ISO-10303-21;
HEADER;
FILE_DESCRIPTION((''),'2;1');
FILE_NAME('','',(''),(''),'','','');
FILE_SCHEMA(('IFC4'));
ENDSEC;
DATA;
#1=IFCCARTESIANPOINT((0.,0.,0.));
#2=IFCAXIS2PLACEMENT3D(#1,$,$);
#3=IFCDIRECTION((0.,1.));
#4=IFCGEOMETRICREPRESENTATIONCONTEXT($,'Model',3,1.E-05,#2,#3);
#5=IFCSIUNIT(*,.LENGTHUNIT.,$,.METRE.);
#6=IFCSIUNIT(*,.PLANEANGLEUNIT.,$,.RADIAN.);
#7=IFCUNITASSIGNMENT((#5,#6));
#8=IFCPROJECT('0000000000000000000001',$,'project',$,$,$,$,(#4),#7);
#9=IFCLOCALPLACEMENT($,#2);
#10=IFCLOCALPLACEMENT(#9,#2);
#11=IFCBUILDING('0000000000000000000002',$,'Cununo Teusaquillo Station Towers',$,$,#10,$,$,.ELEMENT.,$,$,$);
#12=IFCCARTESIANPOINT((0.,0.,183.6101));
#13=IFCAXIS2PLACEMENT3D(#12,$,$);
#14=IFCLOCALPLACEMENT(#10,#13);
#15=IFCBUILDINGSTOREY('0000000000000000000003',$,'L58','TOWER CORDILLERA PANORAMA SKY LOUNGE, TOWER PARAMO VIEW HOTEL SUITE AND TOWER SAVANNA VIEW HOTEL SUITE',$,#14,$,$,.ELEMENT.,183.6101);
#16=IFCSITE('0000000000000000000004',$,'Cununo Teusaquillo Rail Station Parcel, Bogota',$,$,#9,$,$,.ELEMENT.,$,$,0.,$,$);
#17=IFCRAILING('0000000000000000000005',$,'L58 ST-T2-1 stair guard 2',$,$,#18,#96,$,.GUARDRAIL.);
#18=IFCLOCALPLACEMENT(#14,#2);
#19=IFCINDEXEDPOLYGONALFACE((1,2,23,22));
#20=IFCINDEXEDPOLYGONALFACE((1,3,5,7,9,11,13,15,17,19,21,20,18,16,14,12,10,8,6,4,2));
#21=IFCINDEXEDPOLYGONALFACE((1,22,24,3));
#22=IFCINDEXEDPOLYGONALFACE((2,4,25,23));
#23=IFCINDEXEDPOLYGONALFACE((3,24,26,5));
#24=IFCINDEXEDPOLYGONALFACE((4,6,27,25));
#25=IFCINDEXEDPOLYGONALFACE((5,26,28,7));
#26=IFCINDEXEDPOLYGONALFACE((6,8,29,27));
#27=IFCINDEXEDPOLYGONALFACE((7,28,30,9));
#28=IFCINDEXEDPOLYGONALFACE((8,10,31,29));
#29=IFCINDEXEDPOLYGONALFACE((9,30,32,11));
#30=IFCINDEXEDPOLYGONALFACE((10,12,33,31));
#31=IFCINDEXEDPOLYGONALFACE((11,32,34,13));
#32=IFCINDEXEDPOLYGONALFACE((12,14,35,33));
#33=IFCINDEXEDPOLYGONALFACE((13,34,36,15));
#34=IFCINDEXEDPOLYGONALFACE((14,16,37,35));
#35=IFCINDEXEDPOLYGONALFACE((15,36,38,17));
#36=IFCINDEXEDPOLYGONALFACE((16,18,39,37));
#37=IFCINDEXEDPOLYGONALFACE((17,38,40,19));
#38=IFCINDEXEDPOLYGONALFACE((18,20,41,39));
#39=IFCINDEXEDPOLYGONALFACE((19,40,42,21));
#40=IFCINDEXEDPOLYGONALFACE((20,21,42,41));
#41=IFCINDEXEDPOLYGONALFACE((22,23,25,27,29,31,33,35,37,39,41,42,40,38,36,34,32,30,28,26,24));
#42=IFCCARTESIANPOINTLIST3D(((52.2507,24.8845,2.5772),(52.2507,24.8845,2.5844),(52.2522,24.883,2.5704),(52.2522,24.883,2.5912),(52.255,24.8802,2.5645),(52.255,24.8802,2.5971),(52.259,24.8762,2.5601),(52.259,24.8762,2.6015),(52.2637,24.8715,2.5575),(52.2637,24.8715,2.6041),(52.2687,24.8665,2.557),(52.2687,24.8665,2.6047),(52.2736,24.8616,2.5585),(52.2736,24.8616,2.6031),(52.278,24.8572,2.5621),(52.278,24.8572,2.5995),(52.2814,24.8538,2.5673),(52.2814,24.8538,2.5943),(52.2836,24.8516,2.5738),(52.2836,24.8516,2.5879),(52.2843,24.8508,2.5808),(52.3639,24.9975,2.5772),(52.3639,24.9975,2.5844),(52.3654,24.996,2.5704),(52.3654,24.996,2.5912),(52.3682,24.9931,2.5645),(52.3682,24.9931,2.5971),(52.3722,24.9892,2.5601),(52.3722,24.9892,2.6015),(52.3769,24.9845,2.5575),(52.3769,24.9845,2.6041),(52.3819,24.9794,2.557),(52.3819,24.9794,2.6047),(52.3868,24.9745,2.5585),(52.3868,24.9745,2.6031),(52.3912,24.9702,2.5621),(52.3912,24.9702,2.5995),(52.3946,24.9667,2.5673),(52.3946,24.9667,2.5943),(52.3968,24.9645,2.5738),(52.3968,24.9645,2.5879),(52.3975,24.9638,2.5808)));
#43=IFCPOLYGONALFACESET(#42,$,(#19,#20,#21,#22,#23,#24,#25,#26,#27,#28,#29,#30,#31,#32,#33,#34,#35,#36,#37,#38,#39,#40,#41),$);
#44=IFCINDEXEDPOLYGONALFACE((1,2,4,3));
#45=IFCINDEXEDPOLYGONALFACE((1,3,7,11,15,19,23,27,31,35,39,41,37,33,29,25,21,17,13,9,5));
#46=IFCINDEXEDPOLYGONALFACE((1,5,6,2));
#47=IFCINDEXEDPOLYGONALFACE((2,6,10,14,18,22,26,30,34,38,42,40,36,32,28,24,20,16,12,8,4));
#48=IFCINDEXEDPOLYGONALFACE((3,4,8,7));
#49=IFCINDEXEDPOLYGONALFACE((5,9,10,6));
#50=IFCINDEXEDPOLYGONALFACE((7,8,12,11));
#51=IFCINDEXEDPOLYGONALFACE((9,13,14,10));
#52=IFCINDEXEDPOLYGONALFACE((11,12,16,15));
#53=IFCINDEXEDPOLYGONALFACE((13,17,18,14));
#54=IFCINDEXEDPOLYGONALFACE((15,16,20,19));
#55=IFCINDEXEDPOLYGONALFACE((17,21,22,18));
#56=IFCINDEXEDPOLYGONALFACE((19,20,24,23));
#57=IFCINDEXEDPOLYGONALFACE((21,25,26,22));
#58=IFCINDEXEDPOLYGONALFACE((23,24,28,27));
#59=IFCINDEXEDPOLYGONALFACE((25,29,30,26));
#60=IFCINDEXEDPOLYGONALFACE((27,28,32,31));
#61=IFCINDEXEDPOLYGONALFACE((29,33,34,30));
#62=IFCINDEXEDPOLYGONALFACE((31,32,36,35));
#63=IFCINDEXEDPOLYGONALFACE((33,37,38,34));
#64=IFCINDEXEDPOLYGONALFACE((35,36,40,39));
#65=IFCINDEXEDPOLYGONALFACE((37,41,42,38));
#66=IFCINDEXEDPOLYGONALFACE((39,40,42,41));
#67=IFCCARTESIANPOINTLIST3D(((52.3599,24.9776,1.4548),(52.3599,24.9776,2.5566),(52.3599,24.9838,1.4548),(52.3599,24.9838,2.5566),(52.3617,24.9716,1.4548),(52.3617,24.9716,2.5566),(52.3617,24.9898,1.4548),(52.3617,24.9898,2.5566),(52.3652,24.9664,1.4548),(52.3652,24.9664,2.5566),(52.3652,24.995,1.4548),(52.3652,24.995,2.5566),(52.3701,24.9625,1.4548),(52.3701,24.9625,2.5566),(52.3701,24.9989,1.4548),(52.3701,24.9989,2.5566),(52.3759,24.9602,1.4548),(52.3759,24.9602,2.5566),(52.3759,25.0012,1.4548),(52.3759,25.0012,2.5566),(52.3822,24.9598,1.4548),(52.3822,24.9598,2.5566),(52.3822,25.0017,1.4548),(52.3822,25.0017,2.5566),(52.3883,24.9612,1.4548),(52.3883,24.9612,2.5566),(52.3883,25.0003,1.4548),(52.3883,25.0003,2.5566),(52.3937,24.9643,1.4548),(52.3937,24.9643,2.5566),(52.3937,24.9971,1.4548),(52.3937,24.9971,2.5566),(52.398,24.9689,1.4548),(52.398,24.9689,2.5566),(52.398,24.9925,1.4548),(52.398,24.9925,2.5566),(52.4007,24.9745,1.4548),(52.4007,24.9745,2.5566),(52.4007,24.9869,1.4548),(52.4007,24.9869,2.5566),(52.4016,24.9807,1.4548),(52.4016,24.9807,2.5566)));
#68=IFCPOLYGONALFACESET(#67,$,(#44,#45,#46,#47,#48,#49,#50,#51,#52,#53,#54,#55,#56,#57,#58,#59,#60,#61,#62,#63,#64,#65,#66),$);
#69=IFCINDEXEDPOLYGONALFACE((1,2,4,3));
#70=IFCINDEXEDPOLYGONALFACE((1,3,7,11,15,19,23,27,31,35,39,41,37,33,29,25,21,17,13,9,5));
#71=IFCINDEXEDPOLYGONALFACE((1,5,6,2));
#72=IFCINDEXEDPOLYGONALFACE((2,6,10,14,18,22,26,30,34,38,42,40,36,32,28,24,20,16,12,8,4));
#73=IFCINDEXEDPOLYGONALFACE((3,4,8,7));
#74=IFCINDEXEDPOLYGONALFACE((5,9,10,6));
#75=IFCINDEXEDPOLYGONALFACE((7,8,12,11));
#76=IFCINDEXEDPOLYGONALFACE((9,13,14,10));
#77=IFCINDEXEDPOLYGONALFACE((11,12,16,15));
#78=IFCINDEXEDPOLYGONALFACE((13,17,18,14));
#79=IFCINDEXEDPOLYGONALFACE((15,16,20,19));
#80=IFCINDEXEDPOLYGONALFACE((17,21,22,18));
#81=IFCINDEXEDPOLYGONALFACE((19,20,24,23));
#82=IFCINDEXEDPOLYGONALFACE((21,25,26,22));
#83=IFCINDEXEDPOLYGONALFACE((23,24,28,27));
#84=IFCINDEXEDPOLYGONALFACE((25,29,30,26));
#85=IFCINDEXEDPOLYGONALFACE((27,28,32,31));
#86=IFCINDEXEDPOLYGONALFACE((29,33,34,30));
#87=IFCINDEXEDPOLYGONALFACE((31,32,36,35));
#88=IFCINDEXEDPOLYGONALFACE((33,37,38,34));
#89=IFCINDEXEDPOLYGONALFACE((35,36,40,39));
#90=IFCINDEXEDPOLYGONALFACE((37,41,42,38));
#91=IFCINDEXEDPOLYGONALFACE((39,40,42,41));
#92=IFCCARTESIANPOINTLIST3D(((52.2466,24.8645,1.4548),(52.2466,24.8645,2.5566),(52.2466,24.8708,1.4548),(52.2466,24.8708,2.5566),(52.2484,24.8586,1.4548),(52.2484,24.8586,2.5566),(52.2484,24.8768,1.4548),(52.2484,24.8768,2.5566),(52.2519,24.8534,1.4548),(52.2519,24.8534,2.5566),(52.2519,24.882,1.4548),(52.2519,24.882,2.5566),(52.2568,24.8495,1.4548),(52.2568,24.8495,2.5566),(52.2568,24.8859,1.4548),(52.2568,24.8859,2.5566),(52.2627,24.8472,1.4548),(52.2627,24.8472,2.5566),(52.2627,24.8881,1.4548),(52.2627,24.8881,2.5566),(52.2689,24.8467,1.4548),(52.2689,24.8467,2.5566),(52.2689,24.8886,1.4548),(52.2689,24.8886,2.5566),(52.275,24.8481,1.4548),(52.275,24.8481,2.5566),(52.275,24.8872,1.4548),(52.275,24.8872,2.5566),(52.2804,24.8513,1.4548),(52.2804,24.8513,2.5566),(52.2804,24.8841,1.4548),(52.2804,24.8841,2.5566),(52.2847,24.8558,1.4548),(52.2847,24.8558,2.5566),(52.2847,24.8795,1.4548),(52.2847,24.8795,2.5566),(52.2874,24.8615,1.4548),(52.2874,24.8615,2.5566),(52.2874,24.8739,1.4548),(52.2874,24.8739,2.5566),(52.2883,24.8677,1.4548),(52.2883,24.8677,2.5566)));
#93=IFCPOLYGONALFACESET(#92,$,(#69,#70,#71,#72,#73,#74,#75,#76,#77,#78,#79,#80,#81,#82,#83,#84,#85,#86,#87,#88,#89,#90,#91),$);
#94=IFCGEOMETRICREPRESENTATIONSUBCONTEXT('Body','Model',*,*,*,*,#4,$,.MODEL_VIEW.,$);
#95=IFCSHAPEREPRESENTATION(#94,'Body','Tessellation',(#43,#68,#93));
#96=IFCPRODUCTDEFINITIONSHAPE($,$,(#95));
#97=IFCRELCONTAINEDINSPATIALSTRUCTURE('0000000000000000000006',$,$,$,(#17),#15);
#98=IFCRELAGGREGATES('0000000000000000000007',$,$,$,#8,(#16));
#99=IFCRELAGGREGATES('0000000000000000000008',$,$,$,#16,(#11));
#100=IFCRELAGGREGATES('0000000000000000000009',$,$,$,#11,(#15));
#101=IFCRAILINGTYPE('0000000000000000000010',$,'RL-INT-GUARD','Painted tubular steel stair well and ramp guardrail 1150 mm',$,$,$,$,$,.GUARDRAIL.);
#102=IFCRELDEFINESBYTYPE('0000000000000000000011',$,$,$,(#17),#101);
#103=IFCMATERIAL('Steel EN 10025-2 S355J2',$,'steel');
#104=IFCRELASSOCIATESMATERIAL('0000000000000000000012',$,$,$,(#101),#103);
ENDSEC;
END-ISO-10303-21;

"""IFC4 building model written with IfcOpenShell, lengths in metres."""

from ifc_helpers import new_model, si_unit, direction, frame, origin, origin_2d, place, context, subcontext, project, spatial, circle, extrude, material, type_object, element, save


model = new_model("IFC4")

# Units and contexts
model_context = context("Model", 3, precision=1e-05, world=origin(), true_north=direction((0.0, 1.0)))
body_context = subcontext(model_context, "Body", "Model", "MODEL_VIEW")
ifc_project = project(units=[si_unit("LENGTHUNIT", "METRE"), si_unit("PLANEANGLEUNIT", "RADIAN")], contexts=[model_context])

# Site, building, storey
site_placement = place(None, origin())
site = spatial("IfcSite", under=ifc_project, at=site_placement, Name="Cununo Teusaquillo Rail Station Parcel, Bogota", CompositionType="ELEMENT", RefElevation=0.0)
building_placement = place(site_placement, origin())
building = spatial("IfcBuilding", under=site, at=building_placement, Name="Cununo Teusaquillo Station Towers", CompositionType="ELEMENT")
storey_placement = place(building_placement, frame((0.0, 0.0, 183.6101)))
storey = spatial("IfcBuildingStorey", under=building, at=storey_placement, Name="L58", Description="TOWER CORDILLERA PANORAMA SKY LOUNGE, TOWER PARAMO VIEW HOTEL SUITE AND TOWER SAVANNA VIEW HOTEL SUITE", CompositionType="ELEMENT", Elevation=183.6101)

# Railing
ifc_material_1 = material(Name="Steel EN 10025-2 S355J2", Category="steel")
railing_type_1 = type_object("IfcRailingType", Name="RL-INT-GUARD", Description="Painted tubular steel stair well and ramp guardrail 1150 mm", PredefinedType="GUARDRAIL", material=ifc_material_1)
railing_1_placement = place(storey_placement, frame((52.3806, 24.9807, 1.4548)))
element("IfcRailing", 1, at=railing_1_placement, inside=storey, type_object=railing_type_1, Name="L58 ST-T2-1 stair guard 2", PredefinedType="GUARDRAIL", context=body_context, shape_type="SweptSolid", body=[
    extrude(circle(Radius=0.0239, at=origin_2d()), frame((0.0, 0.0, 1.126), z_axis=(-0.707869, -0.706344, 0.0), x_axis=(0.706344, -0.707869, 0.0)), (0.0, 0.0, 1.0), 0.1599),
    extrude(circle(Radius=0.021, at=origin_2d()), origin(), (0.0, 0.0, 1.0), 1.1018),
    extrude(circle(Radius=0.021, at=origin_2d()), frame((-0.1133, -0.113, 0.0)), (0.0, 0.0, 1.0), 1.1018),
])

save(model, "model.ifc")
